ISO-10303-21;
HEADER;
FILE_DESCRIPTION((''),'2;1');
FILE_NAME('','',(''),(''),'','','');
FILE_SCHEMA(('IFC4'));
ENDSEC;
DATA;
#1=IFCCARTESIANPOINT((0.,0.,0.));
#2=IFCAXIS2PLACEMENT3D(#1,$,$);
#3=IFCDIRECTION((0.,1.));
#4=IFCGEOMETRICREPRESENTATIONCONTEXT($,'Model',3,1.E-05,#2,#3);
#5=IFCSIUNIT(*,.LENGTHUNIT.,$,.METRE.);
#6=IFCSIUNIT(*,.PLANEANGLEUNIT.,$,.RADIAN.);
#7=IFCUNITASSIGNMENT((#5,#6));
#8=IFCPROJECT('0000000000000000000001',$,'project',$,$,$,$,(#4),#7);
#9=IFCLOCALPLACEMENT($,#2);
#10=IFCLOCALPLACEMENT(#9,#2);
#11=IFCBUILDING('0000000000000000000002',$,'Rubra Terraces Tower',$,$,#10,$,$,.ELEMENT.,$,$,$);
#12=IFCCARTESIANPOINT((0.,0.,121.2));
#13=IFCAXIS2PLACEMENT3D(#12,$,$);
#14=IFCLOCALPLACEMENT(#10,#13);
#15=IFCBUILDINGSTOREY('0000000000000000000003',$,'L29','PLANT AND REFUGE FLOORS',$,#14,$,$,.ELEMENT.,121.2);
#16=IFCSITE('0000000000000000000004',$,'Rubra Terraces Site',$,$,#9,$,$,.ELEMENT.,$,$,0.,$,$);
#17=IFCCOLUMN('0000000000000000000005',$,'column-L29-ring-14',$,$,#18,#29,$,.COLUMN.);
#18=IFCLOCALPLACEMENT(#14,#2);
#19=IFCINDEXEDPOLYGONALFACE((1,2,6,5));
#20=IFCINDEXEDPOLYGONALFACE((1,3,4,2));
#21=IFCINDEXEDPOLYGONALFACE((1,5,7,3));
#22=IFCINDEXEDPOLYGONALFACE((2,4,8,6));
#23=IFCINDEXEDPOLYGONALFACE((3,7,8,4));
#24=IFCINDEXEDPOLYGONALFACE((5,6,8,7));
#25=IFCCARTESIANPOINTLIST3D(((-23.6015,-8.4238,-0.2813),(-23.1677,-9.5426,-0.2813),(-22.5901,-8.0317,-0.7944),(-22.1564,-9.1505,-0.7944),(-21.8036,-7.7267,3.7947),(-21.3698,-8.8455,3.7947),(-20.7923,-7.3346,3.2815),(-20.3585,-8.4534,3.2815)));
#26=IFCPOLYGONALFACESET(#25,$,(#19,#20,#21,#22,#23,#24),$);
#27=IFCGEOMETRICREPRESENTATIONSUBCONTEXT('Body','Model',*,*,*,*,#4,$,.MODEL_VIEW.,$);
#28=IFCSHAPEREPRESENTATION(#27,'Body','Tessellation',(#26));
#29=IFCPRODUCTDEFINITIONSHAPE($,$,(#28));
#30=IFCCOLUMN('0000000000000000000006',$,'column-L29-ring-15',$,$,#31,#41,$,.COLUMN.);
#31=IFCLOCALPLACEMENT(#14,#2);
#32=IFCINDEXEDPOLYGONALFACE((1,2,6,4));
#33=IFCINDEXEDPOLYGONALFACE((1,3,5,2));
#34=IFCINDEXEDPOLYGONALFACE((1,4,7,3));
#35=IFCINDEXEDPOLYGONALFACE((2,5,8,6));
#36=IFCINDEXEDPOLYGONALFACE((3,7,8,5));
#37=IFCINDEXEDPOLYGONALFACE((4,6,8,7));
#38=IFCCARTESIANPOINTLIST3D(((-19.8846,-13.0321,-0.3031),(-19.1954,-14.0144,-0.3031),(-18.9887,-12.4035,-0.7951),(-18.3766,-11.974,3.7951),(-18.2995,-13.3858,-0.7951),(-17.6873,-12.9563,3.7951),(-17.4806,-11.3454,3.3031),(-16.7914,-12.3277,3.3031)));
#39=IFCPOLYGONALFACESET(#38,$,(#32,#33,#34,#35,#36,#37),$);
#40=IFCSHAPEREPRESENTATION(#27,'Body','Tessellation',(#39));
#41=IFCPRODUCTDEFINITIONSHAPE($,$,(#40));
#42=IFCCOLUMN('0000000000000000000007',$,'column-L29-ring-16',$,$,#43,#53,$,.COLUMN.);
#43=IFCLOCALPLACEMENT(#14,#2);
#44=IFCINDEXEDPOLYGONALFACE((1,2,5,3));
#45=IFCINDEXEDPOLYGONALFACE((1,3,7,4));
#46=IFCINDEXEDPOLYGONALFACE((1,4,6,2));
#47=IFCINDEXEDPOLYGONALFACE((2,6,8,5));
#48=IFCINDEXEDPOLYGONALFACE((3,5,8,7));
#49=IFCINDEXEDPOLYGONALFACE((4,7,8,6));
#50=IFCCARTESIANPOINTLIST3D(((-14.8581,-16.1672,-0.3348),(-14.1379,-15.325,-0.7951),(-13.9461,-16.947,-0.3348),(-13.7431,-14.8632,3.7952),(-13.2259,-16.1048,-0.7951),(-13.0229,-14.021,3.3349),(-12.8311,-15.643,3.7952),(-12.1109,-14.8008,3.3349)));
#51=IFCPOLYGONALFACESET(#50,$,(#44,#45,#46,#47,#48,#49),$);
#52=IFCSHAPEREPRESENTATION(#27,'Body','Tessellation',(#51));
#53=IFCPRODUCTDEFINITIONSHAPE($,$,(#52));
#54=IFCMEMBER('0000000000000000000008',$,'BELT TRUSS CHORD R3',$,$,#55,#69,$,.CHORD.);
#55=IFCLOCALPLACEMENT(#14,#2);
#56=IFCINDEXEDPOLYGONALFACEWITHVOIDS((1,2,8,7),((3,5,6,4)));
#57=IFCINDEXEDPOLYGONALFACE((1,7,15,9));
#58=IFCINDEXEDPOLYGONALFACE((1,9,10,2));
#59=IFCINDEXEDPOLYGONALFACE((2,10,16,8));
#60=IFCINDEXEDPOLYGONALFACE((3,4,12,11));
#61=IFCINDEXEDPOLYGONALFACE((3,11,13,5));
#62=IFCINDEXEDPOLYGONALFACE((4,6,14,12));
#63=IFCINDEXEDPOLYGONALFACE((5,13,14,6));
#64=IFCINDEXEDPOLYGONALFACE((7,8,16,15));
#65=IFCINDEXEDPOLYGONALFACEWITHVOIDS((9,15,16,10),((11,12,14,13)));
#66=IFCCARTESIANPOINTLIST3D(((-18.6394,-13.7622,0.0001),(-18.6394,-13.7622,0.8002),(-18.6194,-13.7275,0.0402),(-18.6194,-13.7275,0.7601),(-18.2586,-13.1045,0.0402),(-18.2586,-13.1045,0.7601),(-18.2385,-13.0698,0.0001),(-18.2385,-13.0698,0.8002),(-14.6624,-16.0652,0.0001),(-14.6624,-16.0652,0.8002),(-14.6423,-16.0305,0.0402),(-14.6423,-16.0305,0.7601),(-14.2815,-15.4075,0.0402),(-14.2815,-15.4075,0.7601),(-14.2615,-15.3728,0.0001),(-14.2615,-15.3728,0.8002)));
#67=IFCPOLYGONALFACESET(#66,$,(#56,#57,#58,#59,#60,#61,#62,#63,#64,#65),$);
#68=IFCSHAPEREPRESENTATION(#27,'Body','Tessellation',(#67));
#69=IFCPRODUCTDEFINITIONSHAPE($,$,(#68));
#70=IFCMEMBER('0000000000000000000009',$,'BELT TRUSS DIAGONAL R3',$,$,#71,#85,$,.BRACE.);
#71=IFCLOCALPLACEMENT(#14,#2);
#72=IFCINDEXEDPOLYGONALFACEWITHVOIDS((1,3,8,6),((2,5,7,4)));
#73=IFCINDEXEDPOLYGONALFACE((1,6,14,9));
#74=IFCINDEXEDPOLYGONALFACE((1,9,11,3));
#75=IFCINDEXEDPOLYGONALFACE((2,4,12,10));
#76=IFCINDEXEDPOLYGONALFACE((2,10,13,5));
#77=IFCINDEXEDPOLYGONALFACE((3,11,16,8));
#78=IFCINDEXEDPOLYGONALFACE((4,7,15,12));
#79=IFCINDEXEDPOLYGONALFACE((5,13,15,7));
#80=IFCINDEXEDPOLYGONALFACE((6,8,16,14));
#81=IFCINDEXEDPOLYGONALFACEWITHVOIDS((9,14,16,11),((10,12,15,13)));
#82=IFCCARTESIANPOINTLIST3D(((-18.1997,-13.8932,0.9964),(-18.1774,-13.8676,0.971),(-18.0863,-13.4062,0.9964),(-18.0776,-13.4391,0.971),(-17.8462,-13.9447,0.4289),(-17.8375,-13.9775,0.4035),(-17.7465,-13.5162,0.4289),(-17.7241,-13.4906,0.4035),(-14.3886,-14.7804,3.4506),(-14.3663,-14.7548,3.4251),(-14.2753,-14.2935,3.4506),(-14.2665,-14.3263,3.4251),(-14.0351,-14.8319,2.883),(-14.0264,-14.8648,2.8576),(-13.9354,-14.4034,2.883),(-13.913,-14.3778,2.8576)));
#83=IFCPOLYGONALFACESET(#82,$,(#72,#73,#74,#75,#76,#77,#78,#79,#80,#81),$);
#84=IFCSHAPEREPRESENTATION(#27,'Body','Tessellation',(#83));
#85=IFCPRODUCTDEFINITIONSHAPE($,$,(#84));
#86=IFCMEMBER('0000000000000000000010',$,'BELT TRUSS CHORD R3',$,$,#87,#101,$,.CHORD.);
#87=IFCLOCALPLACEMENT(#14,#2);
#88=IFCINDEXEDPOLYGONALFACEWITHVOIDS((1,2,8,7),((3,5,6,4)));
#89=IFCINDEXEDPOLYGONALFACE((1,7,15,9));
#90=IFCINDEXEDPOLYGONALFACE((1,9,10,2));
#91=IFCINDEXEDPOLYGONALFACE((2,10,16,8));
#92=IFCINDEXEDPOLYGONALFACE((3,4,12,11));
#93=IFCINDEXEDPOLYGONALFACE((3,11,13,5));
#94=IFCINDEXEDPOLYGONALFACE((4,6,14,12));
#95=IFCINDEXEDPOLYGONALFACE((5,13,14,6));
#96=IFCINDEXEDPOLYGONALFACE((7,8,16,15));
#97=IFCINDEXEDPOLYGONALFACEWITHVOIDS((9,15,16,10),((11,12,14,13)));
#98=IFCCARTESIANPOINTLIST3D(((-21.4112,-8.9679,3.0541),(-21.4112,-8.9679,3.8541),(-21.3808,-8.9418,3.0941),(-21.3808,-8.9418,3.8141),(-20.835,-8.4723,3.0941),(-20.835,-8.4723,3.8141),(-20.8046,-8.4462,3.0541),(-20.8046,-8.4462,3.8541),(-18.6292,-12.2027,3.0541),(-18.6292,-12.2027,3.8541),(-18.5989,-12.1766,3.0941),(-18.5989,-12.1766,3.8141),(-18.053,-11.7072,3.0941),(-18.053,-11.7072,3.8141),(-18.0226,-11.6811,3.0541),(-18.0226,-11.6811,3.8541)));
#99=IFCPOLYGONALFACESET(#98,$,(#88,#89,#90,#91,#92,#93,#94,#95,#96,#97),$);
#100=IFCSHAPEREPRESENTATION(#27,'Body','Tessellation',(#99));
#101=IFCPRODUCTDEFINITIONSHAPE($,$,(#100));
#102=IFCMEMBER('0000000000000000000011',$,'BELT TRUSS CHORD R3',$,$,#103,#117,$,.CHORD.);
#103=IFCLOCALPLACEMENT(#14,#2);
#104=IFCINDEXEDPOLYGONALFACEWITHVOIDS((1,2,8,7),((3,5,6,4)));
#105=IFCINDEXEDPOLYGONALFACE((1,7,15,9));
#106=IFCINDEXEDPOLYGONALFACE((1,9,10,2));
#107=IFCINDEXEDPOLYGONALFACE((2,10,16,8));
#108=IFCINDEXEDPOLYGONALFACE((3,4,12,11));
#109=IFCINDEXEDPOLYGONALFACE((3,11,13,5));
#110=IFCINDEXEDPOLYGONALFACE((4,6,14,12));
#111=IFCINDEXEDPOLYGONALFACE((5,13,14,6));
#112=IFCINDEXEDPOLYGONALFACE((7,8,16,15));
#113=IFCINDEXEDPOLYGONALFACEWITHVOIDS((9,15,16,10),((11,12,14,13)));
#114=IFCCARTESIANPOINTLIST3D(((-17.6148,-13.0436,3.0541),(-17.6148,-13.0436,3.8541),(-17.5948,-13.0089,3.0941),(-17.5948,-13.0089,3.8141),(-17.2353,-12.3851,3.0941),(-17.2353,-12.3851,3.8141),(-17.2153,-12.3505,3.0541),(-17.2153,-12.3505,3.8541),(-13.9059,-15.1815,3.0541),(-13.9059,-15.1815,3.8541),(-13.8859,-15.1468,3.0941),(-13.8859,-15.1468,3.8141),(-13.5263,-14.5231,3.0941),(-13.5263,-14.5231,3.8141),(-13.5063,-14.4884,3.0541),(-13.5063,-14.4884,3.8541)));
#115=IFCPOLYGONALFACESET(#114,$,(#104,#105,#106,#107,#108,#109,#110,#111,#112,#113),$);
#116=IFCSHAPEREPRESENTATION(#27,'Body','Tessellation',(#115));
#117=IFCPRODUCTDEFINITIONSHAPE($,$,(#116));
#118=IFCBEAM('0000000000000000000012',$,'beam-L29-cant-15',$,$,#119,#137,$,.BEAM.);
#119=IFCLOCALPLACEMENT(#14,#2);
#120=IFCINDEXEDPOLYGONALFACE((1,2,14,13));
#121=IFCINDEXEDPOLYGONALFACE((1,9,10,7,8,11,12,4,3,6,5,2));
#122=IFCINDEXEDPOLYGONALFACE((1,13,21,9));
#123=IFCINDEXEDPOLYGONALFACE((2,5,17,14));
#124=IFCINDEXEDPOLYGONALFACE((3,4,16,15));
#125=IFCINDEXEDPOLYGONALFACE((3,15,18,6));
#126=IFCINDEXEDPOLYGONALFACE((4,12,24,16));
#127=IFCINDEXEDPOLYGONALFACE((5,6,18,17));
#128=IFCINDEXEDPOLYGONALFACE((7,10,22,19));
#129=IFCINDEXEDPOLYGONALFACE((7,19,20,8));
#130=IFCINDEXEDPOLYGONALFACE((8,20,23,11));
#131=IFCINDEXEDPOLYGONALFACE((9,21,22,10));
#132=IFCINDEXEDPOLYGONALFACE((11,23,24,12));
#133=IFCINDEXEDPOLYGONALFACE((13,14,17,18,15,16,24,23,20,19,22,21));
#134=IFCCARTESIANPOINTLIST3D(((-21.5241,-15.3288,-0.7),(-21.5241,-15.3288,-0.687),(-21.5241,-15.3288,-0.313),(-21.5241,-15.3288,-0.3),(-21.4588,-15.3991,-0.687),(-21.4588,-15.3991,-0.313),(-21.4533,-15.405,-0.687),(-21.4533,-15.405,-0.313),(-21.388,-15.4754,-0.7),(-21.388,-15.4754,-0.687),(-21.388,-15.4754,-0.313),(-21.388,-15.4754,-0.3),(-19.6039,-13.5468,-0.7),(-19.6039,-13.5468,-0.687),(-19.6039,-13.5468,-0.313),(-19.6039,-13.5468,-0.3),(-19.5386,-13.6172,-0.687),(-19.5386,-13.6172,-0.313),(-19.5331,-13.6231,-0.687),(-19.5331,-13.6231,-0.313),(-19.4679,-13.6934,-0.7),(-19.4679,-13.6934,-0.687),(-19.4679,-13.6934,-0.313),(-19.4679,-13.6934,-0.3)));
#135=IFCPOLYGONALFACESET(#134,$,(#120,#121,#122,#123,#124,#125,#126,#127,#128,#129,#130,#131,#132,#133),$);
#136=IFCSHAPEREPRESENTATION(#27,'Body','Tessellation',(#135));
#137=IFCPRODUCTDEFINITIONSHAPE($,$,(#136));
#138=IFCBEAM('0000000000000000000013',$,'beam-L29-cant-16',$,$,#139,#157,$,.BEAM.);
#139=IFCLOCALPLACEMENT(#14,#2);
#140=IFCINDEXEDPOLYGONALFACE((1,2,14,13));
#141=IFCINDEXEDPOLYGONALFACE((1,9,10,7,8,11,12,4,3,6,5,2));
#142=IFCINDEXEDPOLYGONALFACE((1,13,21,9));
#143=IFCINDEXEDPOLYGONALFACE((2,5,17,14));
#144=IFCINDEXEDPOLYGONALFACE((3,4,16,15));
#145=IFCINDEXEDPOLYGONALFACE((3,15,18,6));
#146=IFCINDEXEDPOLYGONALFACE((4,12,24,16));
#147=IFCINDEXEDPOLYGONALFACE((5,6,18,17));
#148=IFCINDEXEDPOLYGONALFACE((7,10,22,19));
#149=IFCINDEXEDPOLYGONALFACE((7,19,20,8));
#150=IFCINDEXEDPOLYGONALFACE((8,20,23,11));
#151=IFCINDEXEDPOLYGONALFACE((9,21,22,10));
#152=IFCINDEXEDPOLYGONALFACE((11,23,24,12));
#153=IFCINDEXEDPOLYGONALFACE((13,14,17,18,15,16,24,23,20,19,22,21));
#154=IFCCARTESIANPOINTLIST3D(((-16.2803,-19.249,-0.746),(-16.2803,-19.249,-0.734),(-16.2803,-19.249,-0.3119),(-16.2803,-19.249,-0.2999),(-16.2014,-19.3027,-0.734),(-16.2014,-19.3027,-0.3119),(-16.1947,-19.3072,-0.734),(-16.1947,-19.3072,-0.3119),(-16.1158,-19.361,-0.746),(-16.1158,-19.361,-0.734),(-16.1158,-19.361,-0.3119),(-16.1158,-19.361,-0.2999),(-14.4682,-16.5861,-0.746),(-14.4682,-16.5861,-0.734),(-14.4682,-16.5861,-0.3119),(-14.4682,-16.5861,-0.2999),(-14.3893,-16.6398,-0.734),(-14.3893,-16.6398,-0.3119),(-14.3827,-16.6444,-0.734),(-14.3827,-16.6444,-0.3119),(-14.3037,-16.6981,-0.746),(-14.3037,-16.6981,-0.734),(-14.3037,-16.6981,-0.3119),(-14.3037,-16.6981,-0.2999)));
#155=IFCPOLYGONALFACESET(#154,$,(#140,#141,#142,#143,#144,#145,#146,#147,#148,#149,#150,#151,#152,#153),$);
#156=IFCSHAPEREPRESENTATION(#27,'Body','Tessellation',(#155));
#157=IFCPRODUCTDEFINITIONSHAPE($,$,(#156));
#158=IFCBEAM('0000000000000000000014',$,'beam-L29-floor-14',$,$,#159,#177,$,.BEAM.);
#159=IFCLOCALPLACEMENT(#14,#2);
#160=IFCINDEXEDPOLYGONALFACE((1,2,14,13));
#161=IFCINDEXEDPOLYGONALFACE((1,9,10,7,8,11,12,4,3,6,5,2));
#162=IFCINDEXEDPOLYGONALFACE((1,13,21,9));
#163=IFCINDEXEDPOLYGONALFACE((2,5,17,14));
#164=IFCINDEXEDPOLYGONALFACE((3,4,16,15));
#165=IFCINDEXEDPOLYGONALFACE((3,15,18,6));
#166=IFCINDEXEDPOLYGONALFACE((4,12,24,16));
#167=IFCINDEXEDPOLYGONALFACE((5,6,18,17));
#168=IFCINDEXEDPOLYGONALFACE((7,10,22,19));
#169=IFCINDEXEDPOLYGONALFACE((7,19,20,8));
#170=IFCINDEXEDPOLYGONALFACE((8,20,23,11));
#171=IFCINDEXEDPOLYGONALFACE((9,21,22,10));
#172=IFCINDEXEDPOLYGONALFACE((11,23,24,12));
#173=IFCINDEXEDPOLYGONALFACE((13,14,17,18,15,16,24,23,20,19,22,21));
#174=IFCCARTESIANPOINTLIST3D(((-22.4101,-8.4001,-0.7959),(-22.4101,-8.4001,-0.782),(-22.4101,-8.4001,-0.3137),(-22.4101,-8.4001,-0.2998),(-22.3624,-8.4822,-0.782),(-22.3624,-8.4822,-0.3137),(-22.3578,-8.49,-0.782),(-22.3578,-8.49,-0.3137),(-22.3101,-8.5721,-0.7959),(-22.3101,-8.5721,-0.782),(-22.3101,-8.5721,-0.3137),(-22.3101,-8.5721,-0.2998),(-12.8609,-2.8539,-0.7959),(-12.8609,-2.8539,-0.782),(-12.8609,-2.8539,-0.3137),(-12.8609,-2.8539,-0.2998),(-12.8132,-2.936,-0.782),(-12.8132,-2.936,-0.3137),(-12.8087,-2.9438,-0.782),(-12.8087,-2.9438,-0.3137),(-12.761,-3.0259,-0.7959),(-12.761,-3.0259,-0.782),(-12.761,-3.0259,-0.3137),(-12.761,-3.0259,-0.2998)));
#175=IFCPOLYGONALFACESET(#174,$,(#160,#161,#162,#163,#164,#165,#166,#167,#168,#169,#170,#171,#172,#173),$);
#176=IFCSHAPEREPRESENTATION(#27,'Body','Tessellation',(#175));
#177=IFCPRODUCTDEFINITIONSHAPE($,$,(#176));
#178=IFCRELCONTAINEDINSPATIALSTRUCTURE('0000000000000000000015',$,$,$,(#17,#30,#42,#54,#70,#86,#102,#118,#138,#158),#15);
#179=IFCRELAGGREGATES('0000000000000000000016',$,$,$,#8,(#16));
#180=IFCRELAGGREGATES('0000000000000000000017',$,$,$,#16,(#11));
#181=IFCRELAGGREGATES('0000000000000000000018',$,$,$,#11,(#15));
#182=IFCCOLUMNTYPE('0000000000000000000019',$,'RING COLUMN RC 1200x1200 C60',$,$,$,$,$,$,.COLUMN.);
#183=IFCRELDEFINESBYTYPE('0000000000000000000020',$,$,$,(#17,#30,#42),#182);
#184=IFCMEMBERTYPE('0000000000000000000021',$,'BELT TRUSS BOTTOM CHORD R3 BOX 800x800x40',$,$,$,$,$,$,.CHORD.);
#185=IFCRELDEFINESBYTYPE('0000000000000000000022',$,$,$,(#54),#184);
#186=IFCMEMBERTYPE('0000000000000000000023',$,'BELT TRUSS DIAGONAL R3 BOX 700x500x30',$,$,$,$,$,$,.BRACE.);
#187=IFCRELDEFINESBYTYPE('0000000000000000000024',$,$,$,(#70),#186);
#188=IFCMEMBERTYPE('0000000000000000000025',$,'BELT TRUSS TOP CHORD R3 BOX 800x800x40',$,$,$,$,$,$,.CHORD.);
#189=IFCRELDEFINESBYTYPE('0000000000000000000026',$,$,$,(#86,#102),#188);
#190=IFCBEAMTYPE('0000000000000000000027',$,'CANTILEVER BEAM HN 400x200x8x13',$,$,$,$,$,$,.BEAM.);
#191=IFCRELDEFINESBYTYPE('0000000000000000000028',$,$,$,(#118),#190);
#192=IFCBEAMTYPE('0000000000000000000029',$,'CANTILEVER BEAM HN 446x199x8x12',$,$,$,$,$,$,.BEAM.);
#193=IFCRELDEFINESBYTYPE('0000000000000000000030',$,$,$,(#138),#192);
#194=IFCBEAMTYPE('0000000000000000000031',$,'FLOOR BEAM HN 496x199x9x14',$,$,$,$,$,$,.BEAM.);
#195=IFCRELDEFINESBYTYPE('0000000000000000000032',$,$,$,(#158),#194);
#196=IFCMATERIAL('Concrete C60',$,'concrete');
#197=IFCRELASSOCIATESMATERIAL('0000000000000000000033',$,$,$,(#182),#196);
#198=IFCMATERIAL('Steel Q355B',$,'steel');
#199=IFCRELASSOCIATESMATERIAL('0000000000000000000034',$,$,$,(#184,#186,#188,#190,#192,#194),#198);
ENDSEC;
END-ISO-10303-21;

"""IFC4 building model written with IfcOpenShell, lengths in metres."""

from ifc_helpers import new_model, si_unit, direction, frame, origin, origin_2d, place, context, subcontext, project, spatial, rectangle, hollow_rectangle, i_section, extrude, material, material_profile, profile_set, type_object, element, save


model = new_model("IFC4")

# Units and contexts
model_context = context("Model", 3, precision=1e-05, world=origin(), true_north=direction((0.0, 1.0)))
body_context = subcontext(model_context, "Body", "Model", "MODEL_VIEW")
ifc_project = project(units=[si_unit("LENGTHUNIT", "METRE"), si_unit("PLANEANGLEUNIT", "RADIAN")], contexts=[model_context])

# Site, building, storey
site_placement = place(None, origin())
site = spatial("IfcSite", under=ifc_project, at=site_placement, Name="Rubra Terraces Site", CompositionType="ELEMENT", RefElevation=0.0)
building_placement = place(site_placement, origin())
building = spatial("IfcBuilding", under=site, at=building_placement, Name="Rubra Terraces Tower", CompositionType="ELEMENT")
storey_placement = place(building_placement, frame((0.0, 0.0, 121.2)))
storey = spatial("IfcBuildingStorey", under=building, at=storey_placement, Name="L29", Description="PLANT AND REFUGE FLOORS", CompositionType="ELEMENT", Elevation=121.2)

# Columns
ifc_material_1 = material(Name="Concrete C60", Category="concrete")
ifc_material_profile_1 = material_profile(ifc_material_1, rectangle(XDim=1.2, YDim=1.2, at=origin_2d()), Name="RC 1200x1200")
ifc_profile_set_1 = profile_set([ifc_material_profile_1], Name="Concrete C60")
column_type = type_object("IfcColumnType", Name="RING COLUMN RC 1200x1200 C60", PredefinedType="COLUMN", material=ifc_profile_set_1)
column_1_placement = place(storey_placement, frame((-22.8789, -8.7871, -0.5378), z_axis=(0.398723, 0.154584, 0.903949), x_axis=(-0.361481, 0.93238, 0.0)))
element("IfcColumn", 1, at=column_1_placement, inside=storey, type_object=column_type, Name="column-L29-ring-14", PredefinedType="COLUMN", context=body_context, shape_type="SweptSolid", body=[
    extrude(rectangle(XDim=1.2, YDim=1.2, at=origin_2d()), origin(), (0.0, 0.0, 1.0), 4.509),
])
column_2_placement = place(storey_placement, frame((-19.092, -13.209, -0.5491), z_axis=(0.335633, 0.235492, 0.912082), x_axis=(-0.57436, 0.818603, 0.0)))
element("IfcColumn", 2, at=column_2_placement, inside=storey, type_object=column_type, Name="column-L29-ring-15", PredefinedType="COLUMN", context=body_context, shape_type="SweptSolid", body=[
    extrude(rectangle(XDim=1.2, YDim=1.2, at=origin_2d()), origin(), (0.0, 0.0, 1.0), 4.4932),
])
column_3_placement = place(storey_placement, frame((-14.042, -16.136, -0.5649), z_axis=(0.249323, 0.291577, 0.923483), x_axis=(-0.76003, 0.649889, 0.0)))
element("IfcColumn", 3, at=column_3_placement, inside=storey, type_object=column_type, Name="column-L29-ring-16", PredefinedType="COLUMN", context=body_context, shape_type="SweptSolid", body=[
    extrude(rectangle(XDim=1.2, YDim=1.2, at=origin_2d()), origin(), (0.0, 0.0, 1.0), 4.4722),
])

# Members
ifc_material_2 = material(Name="Steel Q355B", Category="steel")
ifc_material_profile_2 = material_profile(ifc_material_2, hollow_rectangle(XDim=0.8, YDim=0.8, WallThickness=0.04, at=origin_2d()), Name="BOX 800x800x40")
ifc_profile_set_2 = profile_set([ifc_material_profile_2], Name="Steel Q355B")
member_type_1 = type_object("IfcMemberType", Name="BELT TRUSS BOTTOM CHORD R3 BOX 800x800x40", PredefinedType="CHORD", material=ifc_profile_set_2)
member_1_placement = place(storey_placement, frame((-18.439, -13.416, 0.4001), z_axis=(0.865381, -0.501114, 0.0), x_axis=(0.501114, 0.865381, 0.0)))
element("IfcMember", 4, at=member_1_placement, inside=storey, type_object=member_type_1, Name="BELT TRUSS CHORD R3", PredefinedType="CHORD", context=body_context, shape_type="SweptSolid", body=[
    extrude(hollow_rectangle(XDim=0.8, YDim=0.8, WallThickness=0.04, at=origin_2d()), origin(), (0.0, 0.0, 1.0), 4.5957),
])
ifc_material_profile_3 = material_profile(ifc_material_2, hollow_rectangle(XDim=0.5, YDim=0.7, WallThickness=0.03, at=origin_2d()), Name="BOX 700x500x30")
ifc_profile_set_3 = profile_set([ifc_material_profile_3], Name="Steel Q355B")
member_type_2 = type_object("IfcMemberType", Name="BELT TRUSS DIAGONAL R3 BOX 700x500x30", PredefinedType="BRACE", material=ifc_profile_set_3)
member_2_placement = place(storey_placement, frame((-17.9619, -13.6919, 0.7), z_axis=(0.825105, -0.192084, 0.531324), x_axis=(0.226736, 0.973956, 0.0)))
element("IfcMember", 5, at=member_2_placement, inside=storey, type_object=member_type_2, Name="BELT TRUSS DIAGONAL R3", PredefinedType="BRACE", context=body_context, shape_type="SweptSolid", body=[
    extrude(hollow_rectangle(XDim=0.5, YDim=0.7, WallThickness=0.03, at=origin_2d()), origin(), (0.0, 0.0, 1.0), 4.6189),
])
ifc_material_profile_4 = material_profile(ifc_material_2, hollow_rectangle(XDim=0.8, YDim=0.8, WallThickness=0.04, at=origin_2d()), Name="BOX 800x800x40")
ifc_profile_set_4 = profile_set([ifc_material_profile_4], Name="Steel Q355B")
member_type_3 = type_object("IfcMemberType", Name="BELT TRUSS TOP CHORD R3 BOX 800x800x40", PredefinedType="CHORD", material=ifc_profile_set_4)
member_3_placement = place(storey_placement, frame((-21.1079, -8.707, 3.4541), z_axis=(0.652039, -0.758185, 0.0), x_axis=(0.758185, 0.652039, 0.0)))
element("IfcMember", 6, at=member_3_placement, inside=storey, type_object=member_type_3, Name="BELT TRUSS CHORD R3", PredefinedType="CHORD", context=body_context, shape_type="SweptSolid", body=[
    extrude(hollow_rectangle(XDim=0.8, YDim=0.8, WallThickness=0.04, at=origin_2d()), origin(), (0.0, 0.0, 1.0), 4.2666),
])
member_4_placement = place(storey_placement, frame((-17.415, -12.697, 3.4541), z_axis=(0.866374, -0.499397, 0.0), x_axis=(0.499397, 0.866374, 0.0)))
element("IfcMember", 7, at=member_4_placement, inside=storey, type_object=member_type_3, Name="BELT TRUSS CHORD R3", PredefinedType="CHORD", context=body_context, shape_type="SweptSolid", body=[
    extrude(hollow_rectangle(XDim=0.8, YDim=0.8, WallThickness=0.04, at=origin_2d()), origin(), (0.0, 0.0, 1.0), 4.281),
])

# Beams
ifc_material_profile_5 = material_profile(ifc_material_2, i_section(OverallWidth=0.2, OverallDepth=0.3999, WebThickness=0.0081, FlangeThickness=0.0129, at=origin_2d()), Name="HN 400x200x8x13")
ifc_profile_set_5 = profile_set([ifc_material_profile_5], Name="Steel Q355B")
beam_type_1 = type_object("IfcBeamType", Name="CANTILEVER BEAM HN 400x200x8x13", PredefinedType="BEAM", material=ifc_profile_set_5)
beam_1_placement = place(storey_placement, frame((-19.5359, -13.6201, -0.5), z_axis=(-0.732989, -0.68024, 0.0), x_axis=(0.68024, -0.732989, 0.0)))
element("IfcBeam", 8, at=beam_1_placement, inside=storey, type_object=beam_type_1, Name="beam-L29-cant-15", PredefinedType="BEAM", context=body_context, shape_type="SweptSolid", body=[
    extrude(i_section(OverallWidth=0.2, OverallDepth=0.3999, WebThickness=0.0081, FlangeThickness=0.0129, at=origin_2d()), origin(), (0.0, 0.0, 1.0), 2.6196),
])
ifc_material_profile_6 = material_profile(ifc_material_2, i_section(OverallWidth=0.199, OverallDepth=0.446, WebThickness=0.0081, FlangeThickness=0.012, at=origin_2d()), Name="HN 446x199x8x12")
ifc_profile_set_6 = profile_set([ifc_material_profile_6], Name="Steel Q355B")
beam_type_2 = type_object("IfcBeamType", Name="CANTILEVER BEAM HN 446x199x8x12", PredefinedType="BEAM", material=ifc_profile_set_6)
beam_2_placement = place(storey_placement, frame((-14.386, -16.6421, -0.5229), z_axis=(-0.562582, -0.826742, 0.0), x_axis=(0.826742, -0.562582, 0.0)))
element("IfcBeam", 9, at=beam_2_placement, inside=storey, type_object=beam_type_2, Name="beam-L29-cant-16", PredefinedType="BEAM", context=body_context, shape_type="SweptSolid", body=[
    extrude(i_section(OverallWidth=0.199, OverallDepth=0.446, WebThickness=0.0081, FlangeThickness=0.012, at=origin_2d()), origin(), (0.0, 0.0, 1.0), 3.2209),
])
ifc_material_profile_7 = material_profile(ifc_material_2, i_section(OverallWidth=0.199, OverallDepth=0.4961, WebThickness=0.009, FlangeThickness=0.0139, at=origin_2d()), Name="HN 496x199x9x14")
ifc_profile_set_7 = profile_set([ifc_material_profile_7], Name="Steel Q355B")
beam_type_3 = type_object("IfcBeamType", Name="FLOOR BEAM HN 496x199x9x14", PredefinedType="BEAM", material=ifc_profile_set_7)
beam_3_placement = place(storey_placement, frame((-22.3601, -8.4861, -0.5479), z_axis=(0.864729, 0.502238, 0.0), x_axis=(-0.502238, 0.864729, 0.0)))
element("IfcBeam", 10, at=beam_3_placement, inside=storey, type_object=beam_type_3, Name="beam-L29-floor-14", PredefinedType="BEAM", context=body_context, shape_type="SweptSolid", body=[
    extrude(i_section(OverallWidth=0.199, OverallDepth=0.4961, WebThickness=0.009, FlangeThickness=0.0139, at=origin_2d()), origin(), (0.0, 0.0, 1.0), 11.043),
])

save(model, "model.ifc")
